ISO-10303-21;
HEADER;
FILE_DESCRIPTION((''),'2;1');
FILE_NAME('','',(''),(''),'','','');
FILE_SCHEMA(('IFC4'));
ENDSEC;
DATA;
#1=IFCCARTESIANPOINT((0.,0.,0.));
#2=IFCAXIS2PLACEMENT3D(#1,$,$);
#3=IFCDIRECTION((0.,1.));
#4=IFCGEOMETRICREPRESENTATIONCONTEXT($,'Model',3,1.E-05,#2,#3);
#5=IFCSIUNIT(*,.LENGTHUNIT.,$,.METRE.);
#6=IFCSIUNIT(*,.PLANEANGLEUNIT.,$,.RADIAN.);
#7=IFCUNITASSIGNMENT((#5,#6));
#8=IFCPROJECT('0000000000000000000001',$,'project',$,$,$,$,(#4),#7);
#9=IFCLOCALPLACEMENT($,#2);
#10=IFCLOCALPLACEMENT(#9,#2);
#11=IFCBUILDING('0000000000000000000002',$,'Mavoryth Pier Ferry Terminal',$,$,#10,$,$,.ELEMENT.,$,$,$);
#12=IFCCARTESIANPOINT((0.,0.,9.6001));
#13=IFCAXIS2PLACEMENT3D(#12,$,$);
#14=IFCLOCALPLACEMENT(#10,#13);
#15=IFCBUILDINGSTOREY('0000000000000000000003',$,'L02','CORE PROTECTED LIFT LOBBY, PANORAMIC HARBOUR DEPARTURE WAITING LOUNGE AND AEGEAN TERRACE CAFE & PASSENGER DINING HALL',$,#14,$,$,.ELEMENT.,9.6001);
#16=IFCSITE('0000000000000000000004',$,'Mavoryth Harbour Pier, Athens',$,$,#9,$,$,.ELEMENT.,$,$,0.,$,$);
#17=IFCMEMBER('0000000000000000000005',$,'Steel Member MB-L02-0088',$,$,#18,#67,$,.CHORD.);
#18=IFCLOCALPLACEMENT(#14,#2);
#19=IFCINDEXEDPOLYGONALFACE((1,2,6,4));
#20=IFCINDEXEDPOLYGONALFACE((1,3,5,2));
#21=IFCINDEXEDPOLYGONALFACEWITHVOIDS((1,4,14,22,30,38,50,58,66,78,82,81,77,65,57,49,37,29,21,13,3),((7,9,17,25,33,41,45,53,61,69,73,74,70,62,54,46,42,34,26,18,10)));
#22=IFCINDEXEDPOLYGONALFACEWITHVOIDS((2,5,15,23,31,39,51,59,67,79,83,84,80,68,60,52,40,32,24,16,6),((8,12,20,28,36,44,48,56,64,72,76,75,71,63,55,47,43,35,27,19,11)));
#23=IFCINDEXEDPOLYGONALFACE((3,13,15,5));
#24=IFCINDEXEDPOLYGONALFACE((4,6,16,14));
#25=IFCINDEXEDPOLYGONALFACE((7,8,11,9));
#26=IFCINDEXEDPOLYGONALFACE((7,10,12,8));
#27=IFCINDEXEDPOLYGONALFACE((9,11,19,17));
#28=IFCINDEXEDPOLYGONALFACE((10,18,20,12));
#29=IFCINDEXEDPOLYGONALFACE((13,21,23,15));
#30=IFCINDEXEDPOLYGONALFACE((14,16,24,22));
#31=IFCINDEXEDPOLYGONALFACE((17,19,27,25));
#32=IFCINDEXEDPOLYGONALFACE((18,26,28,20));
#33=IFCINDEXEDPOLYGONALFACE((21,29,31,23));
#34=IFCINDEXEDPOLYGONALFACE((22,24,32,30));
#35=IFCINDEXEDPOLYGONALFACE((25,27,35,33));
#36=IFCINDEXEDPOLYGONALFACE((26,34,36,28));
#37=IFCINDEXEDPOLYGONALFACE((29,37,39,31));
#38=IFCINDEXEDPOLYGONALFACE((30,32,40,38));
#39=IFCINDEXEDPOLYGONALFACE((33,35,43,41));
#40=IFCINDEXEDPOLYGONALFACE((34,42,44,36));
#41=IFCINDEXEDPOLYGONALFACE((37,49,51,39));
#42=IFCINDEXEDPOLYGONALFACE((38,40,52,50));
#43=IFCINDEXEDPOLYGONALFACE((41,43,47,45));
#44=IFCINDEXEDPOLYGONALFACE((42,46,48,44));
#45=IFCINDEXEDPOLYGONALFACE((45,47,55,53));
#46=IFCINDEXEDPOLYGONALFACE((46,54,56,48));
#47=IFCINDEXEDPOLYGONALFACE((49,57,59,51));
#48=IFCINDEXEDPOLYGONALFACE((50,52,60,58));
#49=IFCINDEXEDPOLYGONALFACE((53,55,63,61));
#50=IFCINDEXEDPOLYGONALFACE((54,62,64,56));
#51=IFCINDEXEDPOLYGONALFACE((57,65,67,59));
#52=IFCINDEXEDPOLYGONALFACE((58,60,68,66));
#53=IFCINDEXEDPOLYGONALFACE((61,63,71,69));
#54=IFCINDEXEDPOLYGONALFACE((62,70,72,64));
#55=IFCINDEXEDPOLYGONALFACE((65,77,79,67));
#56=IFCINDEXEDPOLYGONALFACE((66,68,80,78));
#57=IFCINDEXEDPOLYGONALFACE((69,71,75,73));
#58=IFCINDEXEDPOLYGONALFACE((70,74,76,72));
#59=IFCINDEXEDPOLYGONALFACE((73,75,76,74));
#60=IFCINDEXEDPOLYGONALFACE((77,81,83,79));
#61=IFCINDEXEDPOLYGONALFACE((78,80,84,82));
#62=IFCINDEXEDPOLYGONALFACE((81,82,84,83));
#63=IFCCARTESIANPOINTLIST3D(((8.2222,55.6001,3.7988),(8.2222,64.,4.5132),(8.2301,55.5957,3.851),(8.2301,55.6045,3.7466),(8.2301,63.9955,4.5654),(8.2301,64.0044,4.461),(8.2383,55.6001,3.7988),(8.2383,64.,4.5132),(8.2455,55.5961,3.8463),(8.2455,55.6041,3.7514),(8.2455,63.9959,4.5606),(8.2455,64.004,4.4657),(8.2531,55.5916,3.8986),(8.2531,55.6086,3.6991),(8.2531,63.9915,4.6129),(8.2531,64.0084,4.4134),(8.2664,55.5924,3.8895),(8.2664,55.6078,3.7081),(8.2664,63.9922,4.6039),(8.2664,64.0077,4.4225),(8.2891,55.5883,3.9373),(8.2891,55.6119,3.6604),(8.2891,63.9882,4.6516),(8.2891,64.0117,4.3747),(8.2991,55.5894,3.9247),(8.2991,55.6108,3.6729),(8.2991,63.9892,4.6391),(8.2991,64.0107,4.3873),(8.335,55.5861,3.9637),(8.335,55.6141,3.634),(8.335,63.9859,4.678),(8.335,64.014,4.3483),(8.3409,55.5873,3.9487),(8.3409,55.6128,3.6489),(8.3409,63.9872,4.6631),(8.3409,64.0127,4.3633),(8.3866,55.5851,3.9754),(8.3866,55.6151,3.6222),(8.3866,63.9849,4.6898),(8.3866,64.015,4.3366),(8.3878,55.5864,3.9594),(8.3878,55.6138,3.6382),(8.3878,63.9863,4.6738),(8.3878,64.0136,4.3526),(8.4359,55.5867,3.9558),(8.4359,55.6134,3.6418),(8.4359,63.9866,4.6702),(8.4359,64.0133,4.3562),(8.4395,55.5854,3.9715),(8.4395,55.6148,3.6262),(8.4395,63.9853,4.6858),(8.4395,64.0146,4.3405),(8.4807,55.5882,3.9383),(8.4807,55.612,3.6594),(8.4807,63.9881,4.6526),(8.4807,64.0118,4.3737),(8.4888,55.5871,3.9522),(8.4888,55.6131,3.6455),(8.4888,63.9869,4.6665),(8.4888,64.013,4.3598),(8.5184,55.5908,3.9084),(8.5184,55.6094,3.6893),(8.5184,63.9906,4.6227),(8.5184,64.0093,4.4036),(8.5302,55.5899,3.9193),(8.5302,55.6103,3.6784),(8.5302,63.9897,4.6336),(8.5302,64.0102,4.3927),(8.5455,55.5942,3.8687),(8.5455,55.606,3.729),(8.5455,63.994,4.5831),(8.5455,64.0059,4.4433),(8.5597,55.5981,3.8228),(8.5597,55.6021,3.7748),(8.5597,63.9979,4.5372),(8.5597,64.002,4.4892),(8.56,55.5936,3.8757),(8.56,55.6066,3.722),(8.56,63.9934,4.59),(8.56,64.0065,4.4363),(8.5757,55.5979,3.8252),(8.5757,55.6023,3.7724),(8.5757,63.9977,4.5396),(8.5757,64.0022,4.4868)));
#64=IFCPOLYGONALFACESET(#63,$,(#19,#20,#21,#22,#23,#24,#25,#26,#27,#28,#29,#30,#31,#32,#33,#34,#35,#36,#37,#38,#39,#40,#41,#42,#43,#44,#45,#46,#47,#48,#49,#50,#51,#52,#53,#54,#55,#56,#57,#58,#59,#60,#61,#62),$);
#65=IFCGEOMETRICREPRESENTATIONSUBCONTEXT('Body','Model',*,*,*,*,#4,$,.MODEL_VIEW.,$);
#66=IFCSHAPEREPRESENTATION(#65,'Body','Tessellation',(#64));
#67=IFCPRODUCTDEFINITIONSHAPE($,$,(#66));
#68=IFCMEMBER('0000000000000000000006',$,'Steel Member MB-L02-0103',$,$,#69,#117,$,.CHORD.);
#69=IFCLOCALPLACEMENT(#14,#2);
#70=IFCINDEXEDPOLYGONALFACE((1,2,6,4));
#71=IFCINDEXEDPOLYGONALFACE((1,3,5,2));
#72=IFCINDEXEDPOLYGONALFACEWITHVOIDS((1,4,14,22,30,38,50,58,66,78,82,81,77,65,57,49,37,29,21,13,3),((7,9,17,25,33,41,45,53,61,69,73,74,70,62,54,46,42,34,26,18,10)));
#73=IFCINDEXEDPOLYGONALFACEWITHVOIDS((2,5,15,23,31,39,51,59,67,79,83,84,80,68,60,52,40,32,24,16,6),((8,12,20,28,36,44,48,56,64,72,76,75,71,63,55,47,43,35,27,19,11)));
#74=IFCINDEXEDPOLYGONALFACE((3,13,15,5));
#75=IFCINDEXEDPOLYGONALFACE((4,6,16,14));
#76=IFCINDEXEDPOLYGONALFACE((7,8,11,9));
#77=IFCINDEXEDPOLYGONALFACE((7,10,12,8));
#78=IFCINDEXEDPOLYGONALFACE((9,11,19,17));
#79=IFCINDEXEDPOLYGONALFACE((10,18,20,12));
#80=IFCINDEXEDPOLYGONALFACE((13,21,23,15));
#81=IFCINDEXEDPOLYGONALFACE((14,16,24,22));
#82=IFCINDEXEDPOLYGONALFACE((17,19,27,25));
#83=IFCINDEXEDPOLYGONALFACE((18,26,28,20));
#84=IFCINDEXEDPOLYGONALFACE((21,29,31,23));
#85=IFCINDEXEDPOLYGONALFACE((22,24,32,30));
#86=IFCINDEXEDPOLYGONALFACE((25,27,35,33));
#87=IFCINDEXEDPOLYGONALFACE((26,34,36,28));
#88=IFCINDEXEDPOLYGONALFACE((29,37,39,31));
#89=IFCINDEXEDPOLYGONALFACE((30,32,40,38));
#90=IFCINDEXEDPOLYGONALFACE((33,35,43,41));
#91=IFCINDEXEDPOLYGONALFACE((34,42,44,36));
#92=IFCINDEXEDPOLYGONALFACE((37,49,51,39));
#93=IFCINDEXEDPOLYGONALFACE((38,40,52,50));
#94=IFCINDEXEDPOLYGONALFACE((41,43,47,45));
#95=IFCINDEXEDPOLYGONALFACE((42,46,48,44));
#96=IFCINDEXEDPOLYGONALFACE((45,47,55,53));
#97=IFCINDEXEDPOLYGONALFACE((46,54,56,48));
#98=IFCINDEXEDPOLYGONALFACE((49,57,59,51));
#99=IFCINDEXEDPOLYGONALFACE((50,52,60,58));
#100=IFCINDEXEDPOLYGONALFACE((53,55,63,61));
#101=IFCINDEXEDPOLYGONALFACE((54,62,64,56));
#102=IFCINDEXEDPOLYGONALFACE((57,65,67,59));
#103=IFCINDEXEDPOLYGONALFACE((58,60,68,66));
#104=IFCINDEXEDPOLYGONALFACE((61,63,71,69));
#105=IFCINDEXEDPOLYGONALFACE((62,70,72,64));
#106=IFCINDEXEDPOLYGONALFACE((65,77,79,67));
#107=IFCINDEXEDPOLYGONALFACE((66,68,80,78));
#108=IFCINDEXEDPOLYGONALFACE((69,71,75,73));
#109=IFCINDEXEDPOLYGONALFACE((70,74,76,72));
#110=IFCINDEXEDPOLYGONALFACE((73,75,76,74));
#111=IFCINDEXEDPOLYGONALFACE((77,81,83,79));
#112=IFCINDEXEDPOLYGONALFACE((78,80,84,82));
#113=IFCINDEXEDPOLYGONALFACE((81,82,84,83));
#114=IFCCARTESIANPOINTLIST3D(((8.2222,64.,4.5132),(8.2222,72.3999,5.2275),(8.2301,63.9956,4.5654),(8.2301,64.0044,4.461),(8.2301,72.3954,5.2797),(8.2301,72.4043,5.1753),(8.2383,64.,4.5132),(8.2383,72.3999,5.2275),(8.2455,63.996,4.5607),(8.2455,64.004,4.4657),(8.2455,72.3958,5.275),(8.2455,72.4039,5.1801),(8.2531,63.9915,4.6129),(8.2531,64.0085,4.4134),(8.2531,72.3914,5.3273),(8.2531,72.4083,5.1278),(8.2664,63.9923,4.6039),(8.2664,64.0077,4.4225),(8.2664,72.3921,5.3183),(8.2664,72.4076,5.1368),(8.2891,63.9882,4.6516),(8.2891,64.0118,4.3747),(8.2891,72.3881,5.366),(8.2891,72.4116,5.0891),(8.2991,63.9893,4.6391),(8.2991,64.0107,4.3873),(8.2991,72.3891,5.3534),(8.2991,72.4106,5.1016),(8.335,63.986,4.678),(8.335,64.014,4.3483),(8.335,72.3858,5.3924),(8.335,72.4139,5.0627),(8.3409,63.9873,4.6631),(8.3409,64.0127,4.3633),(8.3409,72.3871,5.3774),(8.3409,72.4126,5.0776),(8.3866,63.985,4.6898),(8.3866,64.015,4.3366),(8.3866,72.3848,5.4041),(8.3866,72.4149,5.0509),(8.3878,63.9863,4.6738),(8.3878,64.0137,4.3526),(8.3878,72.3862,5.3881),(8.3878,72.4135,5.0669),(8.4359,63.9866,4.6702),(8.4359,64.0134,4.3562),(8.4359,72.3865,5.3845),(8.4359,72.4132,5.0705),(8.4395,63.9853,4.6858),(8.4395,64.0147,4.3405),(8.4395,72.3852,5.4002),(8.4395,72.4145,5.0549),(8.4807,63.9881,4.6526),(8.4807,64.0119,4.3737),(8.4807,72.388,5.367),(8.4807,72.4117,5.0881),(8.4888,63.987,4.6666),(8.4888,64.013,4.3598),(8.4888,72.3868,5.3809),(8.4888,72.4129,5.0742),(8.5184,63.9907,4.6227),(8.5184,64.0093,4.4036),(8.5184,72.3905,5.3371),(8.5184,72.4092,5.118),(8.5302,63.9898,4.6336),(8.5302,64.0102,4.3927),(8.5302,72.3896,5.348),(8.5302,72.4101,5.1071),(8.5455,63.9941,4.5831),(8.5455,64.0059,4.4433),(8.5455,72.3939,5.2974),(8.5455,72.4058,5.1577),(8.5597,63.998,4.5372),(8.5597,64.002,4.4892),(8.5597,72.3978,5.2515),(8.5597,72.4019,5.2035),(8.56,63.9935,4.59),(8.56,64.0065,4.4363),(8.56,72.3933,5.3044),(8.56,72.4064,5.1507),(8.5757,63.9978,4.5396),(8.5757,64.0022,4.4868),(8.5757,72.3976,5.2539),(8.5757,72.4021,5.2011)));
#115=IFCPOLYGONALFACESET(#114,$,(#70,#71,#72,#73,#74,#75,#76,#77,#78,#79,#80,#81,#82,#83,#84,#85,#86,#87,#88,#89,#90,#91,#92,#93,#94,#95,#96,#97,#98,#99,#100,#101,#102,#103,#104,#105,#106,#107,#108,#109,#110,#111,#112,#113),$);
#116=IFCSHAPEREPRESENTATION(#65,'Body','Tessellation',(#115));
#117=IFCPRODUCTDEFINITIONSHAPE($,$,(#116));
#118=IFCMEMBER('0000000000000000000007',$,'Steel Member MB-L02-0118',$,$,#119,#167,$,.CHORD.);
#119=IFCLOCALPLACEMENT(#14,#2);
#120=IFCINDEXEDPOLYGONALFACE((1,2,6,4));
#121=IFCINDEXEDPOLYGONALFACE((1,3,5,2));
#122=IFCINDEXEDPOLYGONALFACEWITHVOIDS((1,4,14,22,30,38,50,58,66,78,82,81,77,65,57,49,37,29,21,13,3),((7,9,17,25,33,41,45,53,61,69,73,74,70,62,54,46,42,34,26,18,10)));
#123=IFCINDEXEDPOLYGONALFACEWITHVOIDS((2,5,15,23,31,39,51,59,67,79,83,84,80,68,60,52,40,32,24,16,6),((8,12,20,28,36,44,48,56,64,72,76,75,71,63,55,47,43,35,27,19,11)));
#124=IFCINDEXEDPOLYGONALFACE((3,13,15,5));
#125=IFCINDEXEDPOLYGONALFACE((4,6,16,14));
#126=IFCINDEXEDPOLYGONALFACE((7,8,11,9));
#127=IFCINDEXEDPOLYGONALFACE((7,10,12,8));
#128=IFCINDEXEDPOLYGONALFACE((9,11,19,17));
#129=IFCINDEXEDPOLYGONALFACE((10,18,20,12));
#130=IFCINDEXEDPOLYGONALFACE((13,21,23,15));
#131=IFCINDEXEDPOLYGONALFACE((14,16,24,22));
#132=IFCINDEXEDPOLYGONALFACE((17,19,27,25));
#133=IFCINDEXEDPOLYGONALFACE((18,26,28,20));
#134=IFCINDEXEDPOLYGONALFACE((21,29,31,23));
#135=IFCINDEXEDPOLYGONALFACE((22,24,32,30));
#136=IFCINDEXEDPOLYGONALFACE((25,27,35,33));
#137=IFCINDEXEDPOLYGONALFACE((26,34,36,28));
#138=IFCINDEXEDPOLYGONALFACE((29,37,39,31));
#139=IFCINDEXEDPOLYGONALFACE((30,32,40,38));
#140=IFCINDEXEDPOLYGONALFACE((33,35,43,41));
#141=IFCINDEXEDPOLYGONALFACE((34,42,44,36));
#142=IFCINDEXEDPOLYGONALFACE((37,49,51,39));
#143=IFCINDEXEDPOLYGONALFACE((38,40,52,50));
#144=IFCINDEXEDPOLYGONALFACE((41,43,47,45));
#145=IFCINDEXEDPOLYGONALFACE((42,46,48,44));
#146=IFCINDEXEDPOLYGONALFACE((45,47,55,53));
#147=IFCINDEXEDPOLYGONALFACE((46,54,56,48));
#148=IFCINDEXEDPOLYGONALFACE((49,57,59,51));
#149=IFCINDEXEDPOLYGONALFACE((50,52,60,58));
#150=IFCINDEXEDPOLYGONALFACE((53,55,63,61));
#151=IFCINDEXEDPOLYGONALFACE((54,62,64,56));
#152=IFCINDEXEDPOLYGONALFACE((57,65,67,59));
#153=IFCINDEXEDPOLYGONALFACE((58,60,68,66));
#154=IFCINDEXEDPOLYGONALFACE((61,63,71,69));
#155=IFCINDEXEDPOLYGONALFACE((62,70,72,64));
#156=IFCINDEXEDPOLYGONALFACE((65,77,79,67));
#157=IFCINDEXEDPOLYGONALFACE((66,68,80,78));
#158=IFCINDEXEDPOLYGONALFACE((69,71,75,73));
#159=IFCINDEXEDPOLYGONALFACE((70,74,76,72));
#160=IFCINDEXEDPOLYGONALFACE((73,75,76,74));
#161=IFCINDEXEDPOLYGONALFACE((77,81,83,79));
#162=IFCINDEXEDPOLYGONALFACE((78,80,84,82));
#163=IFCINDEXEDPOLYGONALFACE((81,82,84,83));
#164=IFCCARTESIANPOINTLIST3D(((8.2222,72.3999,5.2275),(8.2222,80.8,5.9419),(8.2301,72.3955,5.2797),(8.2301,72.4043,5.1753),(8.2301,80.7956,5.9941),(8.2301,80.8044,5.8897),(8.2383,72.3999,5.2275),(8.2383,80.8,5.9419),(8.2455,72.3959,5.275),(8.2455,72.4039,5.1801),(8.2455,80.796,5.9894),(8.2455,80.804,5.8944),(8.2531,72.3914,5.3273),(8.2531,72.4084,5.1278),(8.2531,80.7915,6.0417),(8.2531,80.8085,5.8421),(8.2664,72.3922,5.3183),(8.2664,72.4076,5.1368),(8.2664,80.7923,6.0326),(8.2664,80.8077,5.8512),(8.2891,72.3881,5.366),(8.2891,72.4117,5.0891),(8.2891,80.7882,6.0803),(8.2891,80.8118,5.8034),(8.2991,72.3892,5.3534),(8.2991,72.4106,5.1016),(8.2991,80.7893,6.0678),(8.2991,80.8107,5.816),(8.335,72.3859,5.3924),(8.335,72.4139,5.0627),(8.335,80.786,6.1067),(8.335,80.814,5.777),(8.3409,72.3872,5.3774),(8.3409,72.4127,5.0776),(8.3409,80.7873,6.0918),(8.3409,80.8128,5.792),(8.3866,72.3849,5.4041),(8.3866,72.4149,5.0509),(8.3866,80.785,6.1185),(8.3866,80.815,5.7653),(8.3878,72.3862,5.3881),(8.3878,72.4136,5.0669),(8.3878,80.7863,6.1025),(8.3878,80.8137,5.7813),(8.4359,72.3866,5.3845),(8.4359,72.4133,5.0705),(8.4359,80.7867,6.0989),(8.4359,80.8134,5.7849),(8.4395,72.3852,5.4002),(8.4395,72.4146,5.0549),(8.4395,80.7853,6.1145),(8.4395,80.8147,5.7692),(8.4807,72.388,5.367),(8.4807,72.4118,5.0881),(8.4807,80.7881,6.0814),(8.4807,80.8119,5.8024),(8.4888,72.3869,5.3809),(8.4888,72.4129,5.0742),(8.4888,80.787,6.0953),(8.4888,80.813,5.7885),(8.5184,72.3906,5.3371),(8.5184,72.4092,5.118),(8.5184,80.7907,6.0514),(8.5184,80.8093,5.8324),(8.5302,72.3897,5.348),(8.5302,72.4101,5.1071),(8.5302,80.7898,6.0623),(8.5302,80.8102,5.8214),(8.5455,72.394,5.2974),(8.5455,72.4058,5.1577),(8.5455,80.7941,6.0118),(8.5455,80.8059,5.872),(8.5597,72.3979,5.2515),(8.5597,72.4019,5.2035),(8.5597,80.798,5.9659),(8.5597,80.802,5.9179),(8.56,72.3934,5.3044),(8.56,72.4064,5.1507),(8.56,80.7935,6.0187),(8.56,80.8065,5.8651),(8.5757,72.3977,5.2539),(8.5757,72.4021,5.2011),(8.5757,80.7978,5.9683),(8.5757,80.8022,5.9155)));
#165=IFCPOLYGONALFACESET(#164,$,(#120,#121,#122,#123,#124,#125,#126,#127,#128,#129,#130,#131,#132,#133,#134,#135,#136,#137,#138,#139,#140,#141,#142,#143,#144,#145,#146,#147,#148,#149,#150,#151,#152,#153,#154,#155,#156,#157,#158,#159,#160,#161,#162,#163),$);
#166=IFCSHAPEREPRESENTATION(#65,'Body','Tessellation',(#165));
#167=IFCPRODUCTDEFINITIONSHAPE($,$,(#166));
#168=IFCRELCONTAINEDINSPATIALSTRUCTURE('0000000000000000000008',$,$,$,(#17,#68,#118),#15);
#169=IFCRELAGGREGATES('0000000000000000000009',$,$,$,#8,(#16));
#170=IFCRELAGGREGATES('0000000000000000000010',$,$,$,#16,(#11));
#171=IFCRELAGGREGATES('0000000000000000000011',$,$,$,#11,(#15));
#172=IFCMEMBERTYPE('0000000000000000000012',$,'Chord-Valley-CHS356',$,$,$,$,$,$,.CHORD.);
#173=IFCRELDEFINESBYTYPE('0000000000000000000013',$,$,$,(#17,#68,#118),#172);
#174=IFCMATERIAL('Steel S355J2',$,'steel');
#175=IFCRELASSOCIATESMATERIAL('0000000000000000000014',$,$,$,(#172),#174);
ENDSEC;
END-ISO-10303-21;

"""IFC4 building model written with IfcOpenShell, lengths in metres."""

from ifc_helpers import new_model, si_unit, direction, frame, origin, origin_2d, place, context, subcontext, project, spatial, hollow_circle, extrude, material, material_profile, profile_set, type_object, element, save


model = new_model("IFC4")

# Units and contexts
model_context = context("Model", 3, precision=1e-05, world=origin(), true_north=direction((0.0, 1.0)))
body_context = subcontext(model_context, "Body", "Model", "MODEL_VIEW")
ifc_project = project(units=[si_unit("LENGTHUNIT", "METRE"), si_unit("PLANEANGLEUNIT", "RADIAN")], contexts=[model_context])

# Site, building, storey
site_placement = place(None, origin())
site = spatial("IfcSite", under=ifc_project, at=site_placement, Name="Mavoryth Harbour Pier, Athens", CompositionType="ELEMENT", RefElevation=0.0)
building_placement = place(site_placement, origin())
building = spatial("IfcBuilding", under=site, at=building_placement, Name="Mavoryth Pier Ferry Terminal", CompositionType="ELEMENT")
storey_placement = place(building_placement, frame((0.0, 0.0, 9.6001)))
storey = spatial("IfcBuildingStorey", under=building, at=storey_placement, Name="L02", Description="CORE PROTECTED LIFT LOBBY, PANORAMIC HARBOUR DEPARTURE WAITING LOUNGE AND AEGEAN TERRACE CAFE & PASSENGER DINING HALL", CompositionType="ELEMENT", Elevation=9.6001)

# Members
ifc_material_1 = material(Name="Steel S355J2", Category="steel")
ifc_material_profile_1 = material_profile(ifc_material_1, hollow_circle(Radius=0.1777, WallThickness=0.0161, at=origin_2d()), Name="CHS 355.6x16.0", Category="steel")
ifc_profile_set_1 = profile_set([ifc_material_profile_1], Name="Steel S355J2 - CHS 355.6x16.0")
member_type_1 = type_object("IfcMemberType", Name="Chord-Valley-CHS356", PredefinedType="CHORD", material=ifc_profile_set_1)
for number, where, z_axis, x_axis, name in (
    (1, (8.3999, 55.6001, 3.7988), (0.0, 0.996403, 0.084737), (-1.0, 0.0, 0.0), "Steel Member MB-L02-0088"),
    (2, (8.3999, 64.0, 4.5132), (0.0, 0.996403, 0.084737), (-1.0, 0.0, 0.0), "Steel Member MB-L02-0103"),
):
    element("IfcMember", number, at=place(storey_placement, frame(where, z_axis=z_axis, x_axis=x_axis)), inside=storey, type_object=member_type_1, Name=name, PredefinedType="CHORD", context=body_context, shape_type="SweptSolid", body=[
        extrude(hollow_circle(Radius=0.1777, WallThickness=0.0161, at=origin_2d()), origin(), (0.0, 0.0, 1.0), 8.4302),
    ])
member_1_placement = place(storey_placement, frame((8.3999, 72.3999, 5.2275), z_axis=(0.0, 0.996404, 0.084735), x_axis=(-1.0, 0.0, 0.0)))
element("IfcMember", 3, at=member_1_placement, inside=storey, type_object=member_type_1, Name="Steel Member MB-L02-0118", PredefinedType="CHORD", context=body_context, shape_type="SweptSolid", body=[
    extrude(hollow_circle(Radius=0.1777, WallThickness=0.0161, at=origin_2d()), origin(), (0.0, 0.0, 1.0), 8.4304),
])

save(model, "model.ifc")
